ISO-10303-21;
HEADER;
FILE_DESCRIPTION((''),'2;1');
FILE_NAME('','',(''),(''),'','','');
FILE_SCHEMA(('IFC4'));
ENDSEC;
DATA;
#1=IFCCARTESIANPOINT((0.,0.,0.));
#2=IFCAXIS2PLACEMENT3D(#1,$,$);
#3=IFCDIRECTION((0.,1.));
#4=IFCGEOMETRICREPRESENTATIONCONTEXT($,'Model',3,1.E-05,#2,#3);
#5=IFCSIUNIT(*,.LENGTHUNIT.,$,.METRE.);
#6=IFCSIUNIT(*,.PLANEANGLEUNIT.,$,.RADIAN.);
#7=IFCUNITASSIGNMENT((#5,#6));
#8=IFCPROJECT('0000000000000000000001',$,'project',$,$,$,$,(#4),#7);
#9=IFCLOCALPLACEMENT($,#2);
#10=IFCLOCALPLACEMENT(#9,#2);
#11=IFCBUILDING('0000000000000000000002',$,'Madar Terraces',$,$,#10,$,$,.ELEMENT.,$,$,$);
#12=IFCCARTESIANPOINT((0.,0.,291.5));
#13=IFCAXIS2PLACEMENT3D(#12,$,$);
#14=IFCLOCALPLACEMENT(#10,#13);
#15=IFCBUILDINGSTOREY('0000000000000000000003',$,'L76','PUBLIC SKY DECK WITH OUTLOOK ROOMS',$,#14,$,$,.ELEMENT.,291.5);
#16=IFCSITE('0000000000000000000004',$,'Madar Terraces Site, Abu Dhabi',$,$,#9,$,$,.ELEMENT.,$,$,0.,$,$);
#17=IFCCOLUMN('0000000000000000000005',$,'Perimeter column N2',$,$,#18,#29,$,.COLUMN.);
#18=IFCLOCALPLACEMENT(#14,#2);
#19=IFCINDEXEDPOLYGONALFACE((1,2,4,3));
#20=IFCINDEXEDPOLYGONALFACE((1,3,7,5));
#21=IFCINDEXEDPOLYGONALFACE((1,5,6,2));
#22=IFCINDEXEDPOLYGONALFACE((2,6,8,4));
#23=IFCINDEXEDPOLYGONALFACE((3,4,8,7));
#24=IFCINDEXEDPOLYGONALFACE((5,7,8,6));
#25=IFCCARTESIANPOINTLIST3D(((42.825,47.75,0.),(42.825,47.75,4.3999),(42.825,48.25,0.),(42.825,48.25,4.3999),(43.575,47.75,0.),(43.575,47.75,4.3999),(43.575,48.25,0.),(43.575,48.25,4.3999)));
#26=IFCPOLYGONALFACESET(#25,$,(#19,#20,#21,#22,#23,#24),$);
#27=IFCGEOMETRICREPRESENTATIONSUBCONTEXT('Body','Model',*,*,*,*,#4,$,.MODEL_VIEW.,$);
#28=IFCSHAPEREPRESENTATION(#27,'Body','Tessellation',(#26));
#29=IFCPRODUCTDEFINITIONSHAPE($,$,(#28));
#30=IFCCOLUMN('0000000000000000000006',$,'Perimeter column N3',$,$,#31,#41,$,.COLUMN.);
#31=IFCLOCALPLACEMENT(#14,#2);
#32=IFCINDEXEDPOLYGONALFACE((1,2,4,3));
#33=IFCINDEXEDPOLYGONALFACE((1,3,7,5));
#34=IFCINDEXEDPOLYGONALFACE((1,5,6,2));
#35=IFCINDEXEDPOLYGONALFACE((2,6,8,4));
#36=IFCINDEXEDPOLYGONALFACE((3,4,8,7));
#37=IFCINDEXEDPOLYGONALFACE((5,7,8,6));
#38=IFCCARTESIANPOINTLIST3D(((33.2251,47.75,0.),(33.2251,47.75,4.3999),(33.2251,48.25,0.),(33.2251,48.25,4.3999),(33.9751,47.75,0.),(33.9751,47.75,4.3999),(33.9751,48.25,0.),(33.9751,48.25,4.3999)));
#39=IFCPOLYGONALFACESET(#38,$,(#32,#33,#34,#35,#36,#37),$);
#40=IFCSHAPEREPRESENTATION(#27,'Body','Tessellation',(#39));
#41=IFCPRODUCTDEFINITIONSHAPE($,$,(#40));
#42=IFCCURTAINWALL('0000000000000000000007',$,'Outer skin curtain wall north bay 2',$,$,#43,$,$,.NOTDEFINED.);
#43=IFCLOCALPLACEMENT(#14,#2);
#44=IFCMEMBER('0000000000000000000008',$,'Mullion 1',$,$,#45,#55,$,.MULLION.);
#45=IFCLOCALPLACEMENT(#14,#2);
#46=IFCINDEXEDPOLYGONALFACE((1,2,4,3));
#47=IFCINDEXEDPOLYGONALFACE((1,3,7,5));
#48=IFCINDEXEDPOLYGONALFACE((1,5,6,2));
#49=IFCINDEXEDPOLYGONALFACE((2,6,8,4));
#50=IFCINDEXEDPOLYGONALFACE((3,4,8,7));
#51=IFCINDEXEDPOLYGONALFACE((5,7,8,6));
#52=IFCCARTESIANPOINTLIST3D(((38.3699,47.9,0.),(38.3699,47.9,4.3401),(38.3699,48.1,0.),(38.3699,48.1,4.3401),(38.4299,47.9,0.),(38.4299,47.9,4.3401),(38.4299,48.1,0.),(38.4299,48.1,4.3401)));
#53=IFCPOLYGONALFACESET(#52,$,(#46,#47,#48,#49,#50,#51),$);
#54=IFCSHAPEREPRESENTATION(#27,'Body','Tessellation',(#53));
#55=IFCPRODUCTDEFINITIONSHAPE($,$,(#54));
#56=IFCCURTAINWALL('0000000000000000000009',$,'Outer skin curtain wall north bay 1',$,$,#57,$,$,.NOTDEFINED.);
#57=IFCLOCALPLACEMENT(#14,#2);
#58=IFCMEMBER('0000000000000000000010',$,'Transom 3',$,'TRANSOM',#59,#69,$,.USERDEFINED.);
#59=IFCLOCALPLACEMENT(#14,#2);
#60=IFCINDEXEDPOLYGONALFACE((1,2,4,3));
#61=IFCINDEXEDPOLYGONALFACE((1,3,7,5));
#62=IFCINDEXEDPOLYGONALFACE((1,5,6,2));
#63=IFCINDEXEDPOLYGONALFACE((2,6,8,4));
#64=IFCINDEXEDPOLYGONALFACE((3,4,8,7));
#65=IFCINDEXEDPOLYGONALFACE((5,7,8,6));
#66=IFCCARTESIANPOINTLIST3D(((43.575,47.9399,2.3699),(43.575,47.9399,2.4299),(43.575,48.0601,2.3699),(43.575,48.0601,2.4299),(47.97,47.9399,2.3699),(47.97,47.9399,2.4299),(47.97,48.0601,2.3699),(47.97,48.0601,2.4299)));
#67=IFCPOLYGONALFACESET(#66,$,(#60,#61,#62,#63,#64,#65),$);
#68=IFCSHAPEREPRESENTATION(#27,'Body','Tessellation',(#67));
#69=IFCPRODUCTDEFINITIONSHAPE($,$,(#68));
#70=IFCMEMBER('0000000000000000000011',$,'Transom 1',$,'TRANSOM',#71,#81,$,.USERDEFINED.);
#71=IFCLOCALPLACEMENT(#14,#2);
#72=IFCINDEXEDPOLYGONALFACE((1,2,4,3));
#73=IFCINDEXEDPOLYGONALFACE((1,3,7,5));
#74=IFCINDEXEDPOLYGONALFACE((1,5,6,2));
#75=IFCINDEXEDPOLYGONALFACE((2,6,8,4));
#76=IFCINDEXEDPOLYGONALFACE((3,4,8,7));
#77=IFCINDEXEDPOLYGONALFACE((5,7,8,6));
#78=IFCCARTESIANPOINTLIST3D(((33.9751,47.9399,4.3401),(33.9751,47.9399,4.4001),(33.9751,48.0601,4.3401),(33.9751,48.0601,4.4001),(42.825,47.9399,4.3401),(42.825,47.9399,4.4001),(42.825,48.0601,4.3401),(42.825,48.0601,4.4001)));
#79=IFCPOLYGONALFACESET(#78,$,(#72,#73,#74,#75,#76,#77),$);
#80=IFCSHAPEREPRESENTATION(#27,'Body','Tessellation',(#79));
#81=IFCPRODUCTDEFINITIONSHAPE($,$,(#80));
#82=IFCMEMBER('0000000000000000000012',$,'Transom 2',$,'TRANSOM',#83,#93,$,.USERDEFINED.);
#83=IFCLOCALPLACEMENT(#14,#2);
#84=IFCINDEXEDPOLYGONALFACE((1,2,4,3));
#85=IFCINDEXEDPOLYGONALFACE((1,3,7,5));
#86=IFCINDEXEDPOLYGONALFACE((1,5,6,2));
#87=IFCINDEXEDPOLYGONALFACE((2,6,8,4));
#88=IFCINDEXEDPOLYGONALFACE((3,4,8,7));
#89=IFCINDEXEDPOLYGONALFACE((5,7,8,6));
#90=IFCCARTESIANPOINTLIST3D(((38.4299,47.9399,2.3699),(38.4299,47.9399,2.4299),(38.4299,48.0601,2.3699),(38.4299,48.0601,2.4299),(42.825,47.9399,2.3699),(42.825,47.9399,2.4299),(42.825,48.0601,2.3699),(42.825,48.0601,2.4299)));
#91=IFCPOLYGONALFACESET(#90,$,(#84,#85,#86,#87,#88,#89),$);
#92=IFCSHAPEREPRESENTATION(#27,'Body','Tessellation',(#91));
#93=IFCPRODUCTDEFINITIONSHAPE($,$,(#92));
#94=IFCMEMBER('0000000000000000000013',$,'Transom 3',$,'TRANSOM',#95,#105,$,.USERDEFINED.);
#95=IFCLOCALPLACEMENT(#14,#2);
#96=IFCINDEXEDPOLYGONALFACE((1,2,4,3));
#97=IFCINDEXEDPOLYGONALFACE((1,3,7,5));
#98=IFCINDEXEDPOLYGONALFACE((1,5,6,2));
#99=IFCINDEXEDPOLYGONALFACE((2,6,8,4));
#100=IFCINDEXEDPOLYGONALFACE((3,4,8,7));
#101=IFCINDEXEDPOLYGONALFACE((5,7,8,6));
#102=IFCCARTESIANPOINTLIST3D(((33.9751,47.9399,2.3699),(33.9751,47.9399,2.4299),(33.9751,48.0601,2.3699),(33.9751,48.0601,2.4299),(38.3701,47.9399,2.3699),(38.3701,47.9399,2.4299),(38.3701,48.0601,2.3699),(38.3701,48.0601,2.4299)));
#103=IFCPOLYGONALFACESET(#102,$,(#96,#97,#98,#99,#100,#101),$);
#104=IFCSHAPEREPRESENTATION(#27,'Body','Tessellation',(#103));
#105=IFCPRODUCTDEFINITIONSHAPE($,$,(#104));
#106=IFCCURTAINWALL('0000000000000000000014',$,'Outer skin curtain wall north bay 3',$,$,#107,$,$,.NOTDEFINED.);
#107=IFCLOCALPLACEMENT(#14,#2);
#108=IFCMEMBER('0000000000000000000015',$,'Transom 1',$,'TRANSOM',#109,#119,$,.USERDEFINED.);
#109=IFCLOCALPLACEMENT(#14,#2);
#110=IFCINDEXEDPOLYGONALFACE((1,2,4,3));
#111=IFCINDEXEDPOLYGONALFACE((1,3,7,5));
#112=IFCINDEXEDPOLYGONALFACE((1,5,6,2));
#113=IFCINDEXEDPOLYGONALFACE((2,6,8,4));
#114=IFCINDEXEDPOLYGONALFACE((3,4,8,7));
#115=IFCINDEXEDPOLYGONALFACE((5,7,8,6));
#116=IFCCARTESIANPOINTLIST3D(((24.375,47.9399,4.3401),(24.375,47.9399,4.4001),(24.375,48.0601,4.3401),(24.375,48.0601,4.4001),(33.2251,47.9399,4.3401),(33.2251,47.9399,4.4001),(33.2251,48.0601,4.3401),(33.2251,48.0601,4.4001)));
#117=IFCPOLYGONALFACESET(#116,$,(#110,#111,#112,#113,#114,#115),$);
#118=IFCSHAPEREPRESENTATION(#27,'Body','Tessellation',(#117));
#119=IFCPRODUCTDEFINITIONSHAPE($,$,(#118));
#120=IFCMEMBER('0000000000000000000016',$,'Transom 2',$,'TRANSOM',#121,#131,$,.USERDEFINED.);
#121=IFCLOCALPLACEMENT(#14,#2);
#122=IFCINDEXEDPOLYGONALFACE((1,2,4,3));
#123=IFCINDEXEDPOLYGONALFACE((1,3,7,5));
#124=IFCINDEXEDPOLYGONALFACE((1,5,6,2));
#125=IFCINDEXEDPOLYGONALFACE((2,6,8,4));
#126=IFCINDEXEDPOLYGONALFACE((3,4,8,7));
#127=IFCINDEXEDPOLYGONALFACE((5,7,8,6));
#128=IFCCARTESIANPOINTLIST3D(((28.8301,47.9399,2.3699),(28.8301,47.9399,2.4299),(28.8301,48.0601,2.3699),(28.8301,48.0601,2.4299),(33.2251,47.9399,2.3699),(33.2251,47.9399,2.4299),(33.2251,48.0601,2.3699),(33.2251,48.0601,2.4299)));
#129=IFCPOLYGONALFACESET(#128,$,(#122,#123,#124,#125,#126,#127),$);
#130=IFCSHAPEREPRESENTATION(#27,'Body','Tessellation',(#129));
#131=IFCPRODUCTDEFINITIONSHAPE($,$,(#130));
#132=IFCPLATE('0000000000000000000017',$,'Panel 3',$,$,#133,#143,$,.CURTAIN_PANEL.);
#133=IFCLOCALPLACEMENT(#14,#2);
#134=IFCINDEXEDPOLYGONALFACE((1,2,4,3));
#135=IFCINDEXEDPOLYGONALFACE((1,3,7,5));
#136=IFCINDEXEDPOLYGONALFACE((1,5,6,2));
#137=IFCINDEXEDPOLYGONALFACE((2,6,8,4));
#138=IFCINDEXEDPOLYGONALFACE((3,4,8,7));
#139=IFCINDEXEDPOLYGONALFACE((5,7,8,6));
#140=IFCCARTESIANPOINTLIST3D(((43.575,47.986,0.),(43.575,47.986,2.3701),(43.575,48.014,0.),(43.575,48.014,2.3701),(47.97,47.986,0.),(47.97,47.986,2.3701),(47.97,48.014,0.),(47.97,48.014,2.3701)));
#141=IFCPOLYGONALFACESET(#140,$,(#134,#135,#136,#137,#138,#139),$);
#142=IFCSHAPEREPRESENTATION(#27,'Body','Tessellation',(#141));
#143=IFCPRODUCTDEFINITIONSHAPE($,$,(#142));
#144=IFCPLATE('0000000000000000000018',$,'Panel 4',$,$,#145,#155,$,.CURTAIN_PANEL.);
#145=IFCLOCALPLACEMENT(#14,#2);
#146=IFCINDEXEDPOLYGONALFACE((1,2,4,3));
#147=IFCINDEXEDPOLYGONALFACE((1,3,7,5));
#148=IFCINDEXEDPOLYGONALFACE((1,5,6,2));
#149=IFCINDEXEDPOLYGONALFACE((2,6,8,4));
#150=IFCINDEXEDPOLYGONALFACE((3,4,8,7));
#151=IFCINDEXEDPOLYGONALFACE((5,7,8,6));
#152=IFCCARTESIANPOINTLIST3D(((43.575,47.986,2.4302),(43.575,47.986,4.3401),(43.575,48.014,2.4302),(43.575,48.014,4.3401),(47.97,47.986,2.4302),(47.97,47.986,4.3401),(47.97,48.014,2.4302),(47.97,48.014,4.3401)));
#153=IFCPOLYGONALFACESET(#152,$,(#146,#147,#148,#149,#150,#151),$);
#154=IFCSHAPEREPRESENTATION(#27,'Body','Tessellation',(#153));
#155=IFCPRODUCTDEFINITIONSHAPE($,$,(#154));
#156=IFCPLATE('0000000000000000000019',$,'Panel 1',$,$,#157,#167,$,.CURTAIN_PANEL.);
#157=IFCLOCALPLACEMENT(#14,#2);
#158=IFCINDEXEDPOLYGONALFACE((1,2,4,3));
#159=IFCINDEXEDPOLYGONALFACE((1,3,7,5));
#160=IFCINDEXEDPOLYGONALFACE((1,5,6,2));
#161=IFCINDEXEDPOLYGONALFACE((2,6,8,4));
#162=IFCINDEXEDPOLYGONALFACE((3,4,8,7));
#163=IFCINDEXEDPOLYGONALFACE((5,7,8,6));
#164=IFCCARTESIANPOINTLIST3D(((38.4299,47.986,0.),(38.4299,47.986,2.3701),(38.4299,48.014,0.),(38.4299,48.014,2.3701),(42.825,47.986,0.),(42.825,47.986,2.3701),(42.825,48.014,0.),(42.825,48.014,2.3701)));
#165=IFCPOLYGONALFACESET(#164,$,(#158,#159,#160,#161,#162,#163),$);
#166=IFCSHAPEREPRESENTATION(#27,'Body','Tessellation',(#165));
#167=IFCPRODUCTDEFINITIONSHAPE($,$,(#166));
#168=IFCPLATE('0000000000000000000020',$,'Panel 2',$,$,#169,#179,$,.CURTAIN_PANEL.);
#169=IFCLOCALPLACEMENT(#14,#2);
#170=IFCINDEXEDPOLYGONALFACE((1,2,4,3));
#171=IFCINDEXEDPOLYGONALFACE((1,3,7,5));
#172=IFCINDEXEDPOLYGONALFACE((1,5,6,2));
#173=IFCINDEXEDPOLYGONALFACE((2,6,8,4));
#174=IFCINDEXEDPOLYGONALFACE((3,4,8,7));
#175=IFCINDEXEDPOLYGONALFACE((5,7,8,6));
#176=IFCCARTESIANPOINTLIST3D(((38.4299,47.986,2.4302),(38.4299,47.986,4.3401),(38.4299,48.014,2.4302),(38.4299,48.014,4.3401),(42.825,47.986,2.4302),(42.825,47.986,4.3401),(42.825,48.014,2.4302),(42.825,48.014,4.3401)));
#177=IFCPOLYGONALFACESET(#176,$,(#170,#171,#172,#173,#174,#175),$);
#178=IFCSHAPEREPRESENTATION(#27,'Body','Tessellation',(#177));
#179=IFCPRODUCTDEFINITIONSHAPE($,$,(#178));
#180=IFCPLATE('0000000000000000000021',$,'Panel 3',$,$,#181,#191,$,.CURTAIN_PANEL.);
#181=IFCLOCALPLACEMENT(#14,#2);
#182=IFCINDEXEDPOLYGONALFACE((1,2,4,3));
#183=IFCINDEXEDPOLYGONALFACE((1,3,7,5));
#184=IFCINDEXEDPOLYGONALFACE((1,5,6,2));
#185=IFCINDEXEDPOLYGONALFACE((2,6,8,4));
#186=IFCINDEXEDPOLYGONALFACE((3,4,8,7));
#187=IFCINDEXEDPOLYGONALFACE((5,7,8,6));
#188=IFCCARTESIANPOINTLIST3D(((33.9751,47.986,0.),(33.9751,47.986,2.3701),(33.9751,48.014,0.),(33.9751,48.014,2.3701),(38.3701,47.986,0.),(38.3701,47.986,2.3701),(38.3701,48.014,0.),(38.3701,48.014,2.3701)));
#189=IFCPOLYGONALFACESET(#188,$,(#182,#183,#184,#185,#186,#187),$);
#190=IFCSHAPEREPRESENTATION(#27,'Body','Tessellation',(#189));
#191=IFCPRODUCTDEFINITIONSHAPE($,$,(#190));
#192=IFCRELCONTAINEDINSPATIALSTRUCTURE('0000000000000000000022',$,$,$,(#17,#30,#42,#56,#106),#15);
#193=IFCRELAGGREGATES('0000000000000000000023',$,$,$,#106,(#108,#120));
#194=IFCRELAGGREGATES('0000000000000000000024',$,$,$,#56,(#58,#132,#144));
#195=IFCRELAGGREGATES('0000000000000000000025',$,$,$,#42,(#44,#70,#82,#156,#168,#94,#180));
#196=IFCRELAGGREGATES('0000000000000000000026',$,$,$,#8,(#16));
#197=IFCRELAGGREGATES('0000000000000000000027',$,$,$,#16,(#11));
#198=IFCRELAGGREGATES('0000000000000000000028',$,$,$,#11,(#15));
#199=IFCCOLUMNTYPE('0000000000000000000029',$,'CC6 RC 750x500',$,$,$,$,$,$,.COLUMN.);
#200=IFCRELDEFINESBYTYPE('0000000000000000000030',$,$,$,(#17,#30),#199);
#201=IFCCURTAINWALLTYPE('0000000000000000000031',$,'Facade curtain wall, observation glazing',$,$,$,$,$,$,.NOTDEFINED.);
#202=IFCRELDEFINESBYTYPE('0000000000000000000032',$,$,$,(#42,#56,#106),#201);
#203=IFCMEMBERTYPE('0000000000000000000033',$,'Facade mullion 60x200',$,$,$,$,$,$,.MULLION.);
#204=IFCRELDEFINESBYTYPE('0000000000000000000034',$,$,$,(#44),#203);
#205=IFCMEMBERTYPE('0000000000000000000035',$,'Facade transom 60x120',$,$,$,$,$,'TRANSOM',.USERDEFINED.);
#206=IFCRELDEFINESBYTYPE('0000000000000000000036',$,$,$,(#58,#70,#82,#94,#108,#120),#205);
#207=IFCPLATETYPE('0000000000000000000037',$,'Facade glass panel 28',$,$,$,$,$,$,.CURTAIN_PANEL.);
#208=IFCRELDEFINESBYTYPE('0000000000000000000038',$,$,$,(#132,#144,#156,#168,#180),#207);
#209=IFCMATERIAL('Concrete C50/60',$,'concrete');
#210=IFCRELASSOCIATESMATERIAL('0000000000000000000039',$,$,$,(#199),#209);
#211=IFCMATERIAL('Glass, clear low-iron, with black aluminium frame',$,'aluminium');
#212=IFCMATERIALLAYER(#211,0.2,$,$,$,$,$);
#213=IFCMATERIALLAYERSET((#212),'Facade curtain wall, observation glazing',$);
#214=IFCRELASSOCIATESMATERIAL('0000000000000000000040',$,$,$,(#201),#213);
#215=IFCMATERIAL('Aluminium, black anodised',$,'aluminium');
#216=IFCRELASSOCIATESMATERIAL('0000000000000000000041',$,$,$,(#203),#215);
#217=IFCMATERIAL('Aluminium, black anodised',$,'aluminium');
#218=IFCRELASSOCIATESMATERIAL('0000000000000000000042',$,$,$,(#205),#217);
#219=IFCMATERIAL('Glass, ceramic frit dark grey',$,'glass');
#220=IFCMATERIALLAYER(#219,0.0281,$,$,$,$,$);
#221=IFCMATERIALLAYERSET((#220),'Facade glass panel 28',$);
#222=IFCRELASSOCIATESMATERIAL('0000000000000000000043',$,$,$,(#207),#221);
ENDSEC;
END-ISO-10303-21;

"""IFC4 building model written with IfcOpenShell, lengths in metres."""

from ifc_helpers import new_model, si_unit, direction, frame, origin, origin_2d, place, context, subcontext, project, spatial, rectangle, extrude, material, layer, layer_set, material_profile, profile_set, type_object, element, aggregate, save


model = new_model("IFC4")

# Units and contexts
model_context = context("Model", 3, precision=1e-05, world=origin(), true_north=direction((0.0, 1.0)))
body_context = subcontext(model_context, "Body", "Model", "MODEL_VIEW")
ifc_project = project(units=[si_unit("LENGTHUNIT", "METRE"), si_unit("PLANEANGLEUNIT", "RADIAN")], contexts=[model_context])

# Site, building, storey
site_placement = place(None, origin())
site = spatial("IfcSite", under=ifc_project, at=site_placement, Name="Madar Terraces Site, Abu Dhabi", CompositionType="ELEMENT", RefElevation=0.0)
building_placement = place(site_placement, origin())
building = spatial("IfcBuilding", under=site, at=building_placement, Name="Madar Terraces", CompositionType="ELEMENT")
storey_placement = place(building_placement, frame((0.0, 0.0, 291.5)))
storey = spatial("IfcBuildingStorey", under=building, at=storey_placement, Name="L76", Description="PUBLIC SKY DECK WITH OUTLOOK ROOMS", CompositionType="ELEMENT", Elevation=291.5)

# Columns
ifc_material_1 = material(Name="Concrete C50/60", Category="concrete")
ifc_material_profile_1 = material_profile(ifc_material_1, rectangle(XDim=0.75, YDim=0.5, at=origin_2d()), Name="CC6 RC 750x500")
ifc_profile_set_1 = profile_set([ifc_material_profile_1], Name="Concrete C50/60")
column_type = type_object("IfcColumnType", Name="CC6 RC 750x500", PredefinedType="COLUMN", material=ifc_profile_set_1)
for number, where, z_axis, x_axis, name in (
    (1, (43.2, 48.0, 0.0), (0.0, 0.0, 1.0), (1.0, 0.0, 0.0), "Perimeter column N2"),
    (2, (33.6001, 48.0, 0.0), (0.0, 0.0, 1.0), (1.0, 0.0, 0.0), "Perimeter column N3"),
):
    element("IfcColumn", number, at=place(storey_placement, frame(where, z_axis=z_axis, x_axis=x_axis)), inside=storey, type_object=column_type, Name=name, PredefinedType="COLUMN", context=body_context, shape_type="SweptSolid", body=[
        extrude(rectangle(XDim=0.75, YDim=0.5, at=origin_2d()), origin(), (0.0, 0.0, 1.0), 4.3999),
    ])

# Curtain walls, members
ifc_material_2 = material(Name="Glass, clear low-iron, with black aluminium frame", Category="aluminium")
ifc_layer_1 = layer(ifc_material_2, 0.2)
ifc_layer_set_1 = layer_set([ifc_layer_1], Name="Facade curtain wall, observation glazing")
curtain_wall_type = type_object("IfcCurtainWallType", Name="Facade curtain wall, observation glazing", PredefinedType="NOTDEFINED", material=ifc_layer_set_1)
curtain_wall_1_placement = place(storey_placement, origin())
curtain_wall_1 = element("IfcCurtainWall", 3, at=curtain_wall_1_placement, inside=storey, type_object=curtain_wall_type, Name="Outer skin curtain wall north bay 2", PredefinedType="NOTDEFINED")
ifc_material_3 = material(Name="Aluminium, black anodised", Category="aluminium")
ifc_material_profile_2 = material_profile(ifc_material_3, rectangle(XDim=0.2, YDim=0.0601, at=origin_2d()), Name="Facade mullion 60x200")
ifc_profile_set_2 = profile_set([ifc_material_profile_2], Name="Aluminium, black anodised")
member_type_1 = type_object("IfcMemberType", Name="Facade mullion 60x200", PredefinedType="MULLION", material=ifc_profile_set_2)
member_1_placement = place(storey_placement, frame((38.3999, 48.0, 0.0), z_axis=(0.0, 0.0, 1.0), x_axis=(0.0, -1.0, 0.0)))
member_1 = element("IfcMember", 4, at=member_1_placement, type_object=member_type_1, Name="Mullion 1", PredefinedType="MULLION", context=body_context, shape_type="SweptSolid", body=[
    extrude(rectangle(XDim=0.2, YDim=0.0601, at=origin_2d()), origin(), (0.0, 0.0, 1.0), 4.3401),
])
curtain_wall_2_placement = place(storey_placement, origin())
curtain_wall_2 = element("IfcCurtainWall", 5, at=curtain_wall_2_placement, inside=storey, type_object=curtain_wall_type, Name="Outer skin curtain wall north bay 1", PredefinedType="NOTDEFINED")
ifc_material_4 = material(Name="Aluminium, black anodised", Category="aluminium")
ifc_material_profile_3 = material_profile(ifc_material_4, rectangle(XDim=0.1201, YDim=0.0601, at=origin_2d()), Name="Facade transom 60x120")
ifc_profile_set_3 = profile_set([ifc_material_profile_3], Name="Aluminium, black anodised")
member_type_2 = type_object("IfcMemberType", Name="Facade transom 60x120", ElementType="TRANSOM", PredefinedType="USERDEFINED", material=ifc_profile_set_3)
member_2_placement = place(storey_placement, frame((47.97, 48.0, 2.3999), z_axis=(-1.0, 0.0, 0.0), x_axis=(0.0, -1.0, 0.0)))
member_2 = element("IfcMember", 6, at=member_2_placement, type_object=member_type_2, Name="Transom 3", ObjectType="TRANSOM", PredefinedType="USERDEFINED", context=body_context, shape_type="SweptSolid", body=[
    extrude(rectangle(XDim=0.1201, YDim=0.0601, at=origin_2d()), origin(), (0.0, 0.0, 1.0), 4.395),
])

# Members
member_3_placement = place(storey_placement, frame((42.825, 48.0, 4.3701), z_axis=(-1.0, 0.0, 0.0), x_axis=(0.0, -1.0, 0.0)))
member_3 = element("IfcMember", 7, at=member_3_placement, type_object=member_type_2, Name="Transom 1", ObjectType="TRANSOM", PredefinedType="USERDEFINED", context=body_context, shape_type="SweptSolid", body=[
    extrude(rectangle(XDim=0.1201, YDim=0.0601, at=origin_2d()), origin(), (0.0, 0.0, 1.0), 8.8499),
])
member_4_placement = place(storey_placement, frame((42.825, 48.0, 2.3999), z_axis=(-1.0, 0.0, 0.0), x_axis=(0.0, -1.0, 0.0)))
member_4 = element("IfcMember", 8, at=member_4_placement, type_object=member_type_2, Name="Transom 2", ObjectType="TRANSOM", PredefinedType="USERDEFINED", context=body_context, shape_type="SweptSolid", body=[
    extrude(rectangle(XDim=0.1201, YDim=0.0601, at=origin_2d()), origin(), (0.0, 0.0, 1.0), 4.395),
])
member_5_placement = place(storey_placement, frame((38.3701, 48.0, 2.3999), z_axis=(-1.0, 0.0, 0.0), x_axis=(0.0, -1.0, 0.0)))
member_5 = element("IfcMember", 9, at=member_5_placement, type_object=member_type_2, Name="Transom 3", ObjectType="TRANSOM", PredefinedType="USERDEFINED", context=body_context, shape_type="SweptSolid", body=[
    extrude(rectangle(XDim=0.1201, YDim=0.0601, at=origin_2d()), origin(), (0.0, 0.0, 1.0), 4.395),
])

# Curtain wall, members
curtain_wall_3_placement = place(storey_placement, origin())
curtain_wall_3 = element("IfcCurtainWall", 10, at=curtain_wall_3_placement, inside=storey, type_object=curtain_wall_type, Name="Outer skin curtain wall north bay 3", PredefinedType="NOTDEFINED")
member_6_placement = place(storey_placement, frame((33.2251, 48.0, 4.3701), z_axis=(-1.0, 0.0, 0.0), x_axis=(0.0, -1.0, 0.0)))
member_6 = element("IfcMember", 11, at=member_6_placement, type_object=member_type_2, Name="Transom 1", ObjectType="TRANSOM", PredefinedType="USERDEFINED", context=body_context, shape_type="SweptSolid", body=[
    extrude(rectangle(XDim=0.1201, YDim=0.0601, at=origin_2d()), origin(), (0.0, 0.0, 1.0), 8.8501),
])
member_7_placement = place(storey_placement, frame((33.2251, 48.0, 2.3999), z_axis=(-1.0, 0.0, 0.0), x_axis=(0.0, -1.0, 0.0)))
member_7 = element("IfcMember", 12, at=member_7_placement, type_object=member_type_2, Name="Transom 2", ObjectType="TRANSOM", PredefinedType="USERDEFINED", context=body_context, shape_type="SweptSolid", body=[
    extrude(rectangle(XDim=0.1201, YDim=0.0601, at=origin_2d()), origin(), (0.0, 0.0, 1.0), 4.395),
])
aggregate(curtain_wall_3, [member_6, member_7])

# Plates
ifc_material_5 = material(Name="Glass, ceramic frit dark grey", Category="glass")
ifc_layer_2 = layer(ifc_material_5, 0.0281)
ifc_layer_set_2 = layer_set([ifc_layer_2], Name="Facade glass panel 28")
plate_type = type_object("IfcPlateType", Name="Facade glass panel 28", PredefinedType="CURTAIN_PANEL", material=ifc_layer_set_2)
plate_1_placement = place(storey_placement, frame((45.7725, 48.0, 0.0), z_axis=(0.0, 0.0, 1.0), x_axis=(-1.0, 0.0, 0.0)))
plate_1 = element("IfcPlate", 13, at=plate_1_placement, type_object=plate_type, Name="Panel 3", PredefinedType="CURTAIN_PANEL", context=body_context, shape_type="SweptSolid", body=[
    extrude(rectangle(XDim=4.395, YDim=0.0281, at=origin_2d()), origin(), (0.0, 0.0, 1.0), 2.3701),
])
plate_2_placement = place(storey_placement, frame((45.7725, 48.0, 2.4302), z_axis=(0.0, 0.0, 1.0), x_axis=(-1.0, 0.0, 0.0)))
plate_2 = element("IfcPlate", 14, at=plate_2_placement, type_object=plate_type, Name="Panel 4", PredefinedType="CURTAIN_PANEL", context=body_context, shape_type="SweptSolid", body=[
    extrude(rectangle(XDim=4.395, YDim=0.0281, at=origin_2d()), origin(), (0.0, 0.0, 1.0), 1.9099),
])
aggregate(curtain_wall_2, [member_2, plate_1, plate_2])
plate_3_placement = place(storey_placement, frame((40.6274, 48.0, 0.0), z_axis=(0.0, 0.0, 1.0), x_axis=(-1.0, 0.0, 0.0)))
plate_3 = element("IfcPlate", 15, at=plate_3_placement, type_object=plate_type, Name="Panel 1", PredefinedType="CURTAIN_PANEL", context=body_context, shape_type="SweptSolid", body=[
    extrude(rectangle(XDim=4.395, YDim=0.0281, at=origin_2d()), origin(), (0.0, 0.0, 1.0), 2.3701),
])
plate_4_placement = place(storey_placement, frame((40.6274, 48.0, 2.4302), z_axis=(0.0, 0.0, 1.0), x_axis=(-1.0, 0.0, 0.0)))
plate_4 = element("IfcPlate", 16, at=plate_4_placement, type_object=plate_type, Name="Panel 2", PredefinedType="CURTAIN_PANEL", context=body_context, shape_type="SweptSolid", body=[
    extrude(rectangle(XDim=4.395, YDim=0.0281, at=origin_2d()), origin(), (0.0, 0.0, 1.0), 1.9099),
])
plate_5_placement = place(storey_placement, frame((36.1726, 48.0, 0.0), z_axis=(0.0, 0.0, 1.0), x_axis=(-1.0, 0.0, 0.0)))
plate_5 = element("IfcPlate", 17, at=plate_5_placement, type_object=plate_type, Name="Panel 3", PredefinedType="CURTAIN_PANEL", context=body_context, shape_type="SweptSolid", body=[
    extrude(rectangle(XDim=4.395, YDim=0.0281, at=origin_2d()), origin(), (0.0, 0.0, 1.0), 2.3701),
])
aggregate(curtain_wall_1, [member_1, member_3, member_4, plate_3, plate_4, member_5, plate_5])

save(model, "model.ifc")
